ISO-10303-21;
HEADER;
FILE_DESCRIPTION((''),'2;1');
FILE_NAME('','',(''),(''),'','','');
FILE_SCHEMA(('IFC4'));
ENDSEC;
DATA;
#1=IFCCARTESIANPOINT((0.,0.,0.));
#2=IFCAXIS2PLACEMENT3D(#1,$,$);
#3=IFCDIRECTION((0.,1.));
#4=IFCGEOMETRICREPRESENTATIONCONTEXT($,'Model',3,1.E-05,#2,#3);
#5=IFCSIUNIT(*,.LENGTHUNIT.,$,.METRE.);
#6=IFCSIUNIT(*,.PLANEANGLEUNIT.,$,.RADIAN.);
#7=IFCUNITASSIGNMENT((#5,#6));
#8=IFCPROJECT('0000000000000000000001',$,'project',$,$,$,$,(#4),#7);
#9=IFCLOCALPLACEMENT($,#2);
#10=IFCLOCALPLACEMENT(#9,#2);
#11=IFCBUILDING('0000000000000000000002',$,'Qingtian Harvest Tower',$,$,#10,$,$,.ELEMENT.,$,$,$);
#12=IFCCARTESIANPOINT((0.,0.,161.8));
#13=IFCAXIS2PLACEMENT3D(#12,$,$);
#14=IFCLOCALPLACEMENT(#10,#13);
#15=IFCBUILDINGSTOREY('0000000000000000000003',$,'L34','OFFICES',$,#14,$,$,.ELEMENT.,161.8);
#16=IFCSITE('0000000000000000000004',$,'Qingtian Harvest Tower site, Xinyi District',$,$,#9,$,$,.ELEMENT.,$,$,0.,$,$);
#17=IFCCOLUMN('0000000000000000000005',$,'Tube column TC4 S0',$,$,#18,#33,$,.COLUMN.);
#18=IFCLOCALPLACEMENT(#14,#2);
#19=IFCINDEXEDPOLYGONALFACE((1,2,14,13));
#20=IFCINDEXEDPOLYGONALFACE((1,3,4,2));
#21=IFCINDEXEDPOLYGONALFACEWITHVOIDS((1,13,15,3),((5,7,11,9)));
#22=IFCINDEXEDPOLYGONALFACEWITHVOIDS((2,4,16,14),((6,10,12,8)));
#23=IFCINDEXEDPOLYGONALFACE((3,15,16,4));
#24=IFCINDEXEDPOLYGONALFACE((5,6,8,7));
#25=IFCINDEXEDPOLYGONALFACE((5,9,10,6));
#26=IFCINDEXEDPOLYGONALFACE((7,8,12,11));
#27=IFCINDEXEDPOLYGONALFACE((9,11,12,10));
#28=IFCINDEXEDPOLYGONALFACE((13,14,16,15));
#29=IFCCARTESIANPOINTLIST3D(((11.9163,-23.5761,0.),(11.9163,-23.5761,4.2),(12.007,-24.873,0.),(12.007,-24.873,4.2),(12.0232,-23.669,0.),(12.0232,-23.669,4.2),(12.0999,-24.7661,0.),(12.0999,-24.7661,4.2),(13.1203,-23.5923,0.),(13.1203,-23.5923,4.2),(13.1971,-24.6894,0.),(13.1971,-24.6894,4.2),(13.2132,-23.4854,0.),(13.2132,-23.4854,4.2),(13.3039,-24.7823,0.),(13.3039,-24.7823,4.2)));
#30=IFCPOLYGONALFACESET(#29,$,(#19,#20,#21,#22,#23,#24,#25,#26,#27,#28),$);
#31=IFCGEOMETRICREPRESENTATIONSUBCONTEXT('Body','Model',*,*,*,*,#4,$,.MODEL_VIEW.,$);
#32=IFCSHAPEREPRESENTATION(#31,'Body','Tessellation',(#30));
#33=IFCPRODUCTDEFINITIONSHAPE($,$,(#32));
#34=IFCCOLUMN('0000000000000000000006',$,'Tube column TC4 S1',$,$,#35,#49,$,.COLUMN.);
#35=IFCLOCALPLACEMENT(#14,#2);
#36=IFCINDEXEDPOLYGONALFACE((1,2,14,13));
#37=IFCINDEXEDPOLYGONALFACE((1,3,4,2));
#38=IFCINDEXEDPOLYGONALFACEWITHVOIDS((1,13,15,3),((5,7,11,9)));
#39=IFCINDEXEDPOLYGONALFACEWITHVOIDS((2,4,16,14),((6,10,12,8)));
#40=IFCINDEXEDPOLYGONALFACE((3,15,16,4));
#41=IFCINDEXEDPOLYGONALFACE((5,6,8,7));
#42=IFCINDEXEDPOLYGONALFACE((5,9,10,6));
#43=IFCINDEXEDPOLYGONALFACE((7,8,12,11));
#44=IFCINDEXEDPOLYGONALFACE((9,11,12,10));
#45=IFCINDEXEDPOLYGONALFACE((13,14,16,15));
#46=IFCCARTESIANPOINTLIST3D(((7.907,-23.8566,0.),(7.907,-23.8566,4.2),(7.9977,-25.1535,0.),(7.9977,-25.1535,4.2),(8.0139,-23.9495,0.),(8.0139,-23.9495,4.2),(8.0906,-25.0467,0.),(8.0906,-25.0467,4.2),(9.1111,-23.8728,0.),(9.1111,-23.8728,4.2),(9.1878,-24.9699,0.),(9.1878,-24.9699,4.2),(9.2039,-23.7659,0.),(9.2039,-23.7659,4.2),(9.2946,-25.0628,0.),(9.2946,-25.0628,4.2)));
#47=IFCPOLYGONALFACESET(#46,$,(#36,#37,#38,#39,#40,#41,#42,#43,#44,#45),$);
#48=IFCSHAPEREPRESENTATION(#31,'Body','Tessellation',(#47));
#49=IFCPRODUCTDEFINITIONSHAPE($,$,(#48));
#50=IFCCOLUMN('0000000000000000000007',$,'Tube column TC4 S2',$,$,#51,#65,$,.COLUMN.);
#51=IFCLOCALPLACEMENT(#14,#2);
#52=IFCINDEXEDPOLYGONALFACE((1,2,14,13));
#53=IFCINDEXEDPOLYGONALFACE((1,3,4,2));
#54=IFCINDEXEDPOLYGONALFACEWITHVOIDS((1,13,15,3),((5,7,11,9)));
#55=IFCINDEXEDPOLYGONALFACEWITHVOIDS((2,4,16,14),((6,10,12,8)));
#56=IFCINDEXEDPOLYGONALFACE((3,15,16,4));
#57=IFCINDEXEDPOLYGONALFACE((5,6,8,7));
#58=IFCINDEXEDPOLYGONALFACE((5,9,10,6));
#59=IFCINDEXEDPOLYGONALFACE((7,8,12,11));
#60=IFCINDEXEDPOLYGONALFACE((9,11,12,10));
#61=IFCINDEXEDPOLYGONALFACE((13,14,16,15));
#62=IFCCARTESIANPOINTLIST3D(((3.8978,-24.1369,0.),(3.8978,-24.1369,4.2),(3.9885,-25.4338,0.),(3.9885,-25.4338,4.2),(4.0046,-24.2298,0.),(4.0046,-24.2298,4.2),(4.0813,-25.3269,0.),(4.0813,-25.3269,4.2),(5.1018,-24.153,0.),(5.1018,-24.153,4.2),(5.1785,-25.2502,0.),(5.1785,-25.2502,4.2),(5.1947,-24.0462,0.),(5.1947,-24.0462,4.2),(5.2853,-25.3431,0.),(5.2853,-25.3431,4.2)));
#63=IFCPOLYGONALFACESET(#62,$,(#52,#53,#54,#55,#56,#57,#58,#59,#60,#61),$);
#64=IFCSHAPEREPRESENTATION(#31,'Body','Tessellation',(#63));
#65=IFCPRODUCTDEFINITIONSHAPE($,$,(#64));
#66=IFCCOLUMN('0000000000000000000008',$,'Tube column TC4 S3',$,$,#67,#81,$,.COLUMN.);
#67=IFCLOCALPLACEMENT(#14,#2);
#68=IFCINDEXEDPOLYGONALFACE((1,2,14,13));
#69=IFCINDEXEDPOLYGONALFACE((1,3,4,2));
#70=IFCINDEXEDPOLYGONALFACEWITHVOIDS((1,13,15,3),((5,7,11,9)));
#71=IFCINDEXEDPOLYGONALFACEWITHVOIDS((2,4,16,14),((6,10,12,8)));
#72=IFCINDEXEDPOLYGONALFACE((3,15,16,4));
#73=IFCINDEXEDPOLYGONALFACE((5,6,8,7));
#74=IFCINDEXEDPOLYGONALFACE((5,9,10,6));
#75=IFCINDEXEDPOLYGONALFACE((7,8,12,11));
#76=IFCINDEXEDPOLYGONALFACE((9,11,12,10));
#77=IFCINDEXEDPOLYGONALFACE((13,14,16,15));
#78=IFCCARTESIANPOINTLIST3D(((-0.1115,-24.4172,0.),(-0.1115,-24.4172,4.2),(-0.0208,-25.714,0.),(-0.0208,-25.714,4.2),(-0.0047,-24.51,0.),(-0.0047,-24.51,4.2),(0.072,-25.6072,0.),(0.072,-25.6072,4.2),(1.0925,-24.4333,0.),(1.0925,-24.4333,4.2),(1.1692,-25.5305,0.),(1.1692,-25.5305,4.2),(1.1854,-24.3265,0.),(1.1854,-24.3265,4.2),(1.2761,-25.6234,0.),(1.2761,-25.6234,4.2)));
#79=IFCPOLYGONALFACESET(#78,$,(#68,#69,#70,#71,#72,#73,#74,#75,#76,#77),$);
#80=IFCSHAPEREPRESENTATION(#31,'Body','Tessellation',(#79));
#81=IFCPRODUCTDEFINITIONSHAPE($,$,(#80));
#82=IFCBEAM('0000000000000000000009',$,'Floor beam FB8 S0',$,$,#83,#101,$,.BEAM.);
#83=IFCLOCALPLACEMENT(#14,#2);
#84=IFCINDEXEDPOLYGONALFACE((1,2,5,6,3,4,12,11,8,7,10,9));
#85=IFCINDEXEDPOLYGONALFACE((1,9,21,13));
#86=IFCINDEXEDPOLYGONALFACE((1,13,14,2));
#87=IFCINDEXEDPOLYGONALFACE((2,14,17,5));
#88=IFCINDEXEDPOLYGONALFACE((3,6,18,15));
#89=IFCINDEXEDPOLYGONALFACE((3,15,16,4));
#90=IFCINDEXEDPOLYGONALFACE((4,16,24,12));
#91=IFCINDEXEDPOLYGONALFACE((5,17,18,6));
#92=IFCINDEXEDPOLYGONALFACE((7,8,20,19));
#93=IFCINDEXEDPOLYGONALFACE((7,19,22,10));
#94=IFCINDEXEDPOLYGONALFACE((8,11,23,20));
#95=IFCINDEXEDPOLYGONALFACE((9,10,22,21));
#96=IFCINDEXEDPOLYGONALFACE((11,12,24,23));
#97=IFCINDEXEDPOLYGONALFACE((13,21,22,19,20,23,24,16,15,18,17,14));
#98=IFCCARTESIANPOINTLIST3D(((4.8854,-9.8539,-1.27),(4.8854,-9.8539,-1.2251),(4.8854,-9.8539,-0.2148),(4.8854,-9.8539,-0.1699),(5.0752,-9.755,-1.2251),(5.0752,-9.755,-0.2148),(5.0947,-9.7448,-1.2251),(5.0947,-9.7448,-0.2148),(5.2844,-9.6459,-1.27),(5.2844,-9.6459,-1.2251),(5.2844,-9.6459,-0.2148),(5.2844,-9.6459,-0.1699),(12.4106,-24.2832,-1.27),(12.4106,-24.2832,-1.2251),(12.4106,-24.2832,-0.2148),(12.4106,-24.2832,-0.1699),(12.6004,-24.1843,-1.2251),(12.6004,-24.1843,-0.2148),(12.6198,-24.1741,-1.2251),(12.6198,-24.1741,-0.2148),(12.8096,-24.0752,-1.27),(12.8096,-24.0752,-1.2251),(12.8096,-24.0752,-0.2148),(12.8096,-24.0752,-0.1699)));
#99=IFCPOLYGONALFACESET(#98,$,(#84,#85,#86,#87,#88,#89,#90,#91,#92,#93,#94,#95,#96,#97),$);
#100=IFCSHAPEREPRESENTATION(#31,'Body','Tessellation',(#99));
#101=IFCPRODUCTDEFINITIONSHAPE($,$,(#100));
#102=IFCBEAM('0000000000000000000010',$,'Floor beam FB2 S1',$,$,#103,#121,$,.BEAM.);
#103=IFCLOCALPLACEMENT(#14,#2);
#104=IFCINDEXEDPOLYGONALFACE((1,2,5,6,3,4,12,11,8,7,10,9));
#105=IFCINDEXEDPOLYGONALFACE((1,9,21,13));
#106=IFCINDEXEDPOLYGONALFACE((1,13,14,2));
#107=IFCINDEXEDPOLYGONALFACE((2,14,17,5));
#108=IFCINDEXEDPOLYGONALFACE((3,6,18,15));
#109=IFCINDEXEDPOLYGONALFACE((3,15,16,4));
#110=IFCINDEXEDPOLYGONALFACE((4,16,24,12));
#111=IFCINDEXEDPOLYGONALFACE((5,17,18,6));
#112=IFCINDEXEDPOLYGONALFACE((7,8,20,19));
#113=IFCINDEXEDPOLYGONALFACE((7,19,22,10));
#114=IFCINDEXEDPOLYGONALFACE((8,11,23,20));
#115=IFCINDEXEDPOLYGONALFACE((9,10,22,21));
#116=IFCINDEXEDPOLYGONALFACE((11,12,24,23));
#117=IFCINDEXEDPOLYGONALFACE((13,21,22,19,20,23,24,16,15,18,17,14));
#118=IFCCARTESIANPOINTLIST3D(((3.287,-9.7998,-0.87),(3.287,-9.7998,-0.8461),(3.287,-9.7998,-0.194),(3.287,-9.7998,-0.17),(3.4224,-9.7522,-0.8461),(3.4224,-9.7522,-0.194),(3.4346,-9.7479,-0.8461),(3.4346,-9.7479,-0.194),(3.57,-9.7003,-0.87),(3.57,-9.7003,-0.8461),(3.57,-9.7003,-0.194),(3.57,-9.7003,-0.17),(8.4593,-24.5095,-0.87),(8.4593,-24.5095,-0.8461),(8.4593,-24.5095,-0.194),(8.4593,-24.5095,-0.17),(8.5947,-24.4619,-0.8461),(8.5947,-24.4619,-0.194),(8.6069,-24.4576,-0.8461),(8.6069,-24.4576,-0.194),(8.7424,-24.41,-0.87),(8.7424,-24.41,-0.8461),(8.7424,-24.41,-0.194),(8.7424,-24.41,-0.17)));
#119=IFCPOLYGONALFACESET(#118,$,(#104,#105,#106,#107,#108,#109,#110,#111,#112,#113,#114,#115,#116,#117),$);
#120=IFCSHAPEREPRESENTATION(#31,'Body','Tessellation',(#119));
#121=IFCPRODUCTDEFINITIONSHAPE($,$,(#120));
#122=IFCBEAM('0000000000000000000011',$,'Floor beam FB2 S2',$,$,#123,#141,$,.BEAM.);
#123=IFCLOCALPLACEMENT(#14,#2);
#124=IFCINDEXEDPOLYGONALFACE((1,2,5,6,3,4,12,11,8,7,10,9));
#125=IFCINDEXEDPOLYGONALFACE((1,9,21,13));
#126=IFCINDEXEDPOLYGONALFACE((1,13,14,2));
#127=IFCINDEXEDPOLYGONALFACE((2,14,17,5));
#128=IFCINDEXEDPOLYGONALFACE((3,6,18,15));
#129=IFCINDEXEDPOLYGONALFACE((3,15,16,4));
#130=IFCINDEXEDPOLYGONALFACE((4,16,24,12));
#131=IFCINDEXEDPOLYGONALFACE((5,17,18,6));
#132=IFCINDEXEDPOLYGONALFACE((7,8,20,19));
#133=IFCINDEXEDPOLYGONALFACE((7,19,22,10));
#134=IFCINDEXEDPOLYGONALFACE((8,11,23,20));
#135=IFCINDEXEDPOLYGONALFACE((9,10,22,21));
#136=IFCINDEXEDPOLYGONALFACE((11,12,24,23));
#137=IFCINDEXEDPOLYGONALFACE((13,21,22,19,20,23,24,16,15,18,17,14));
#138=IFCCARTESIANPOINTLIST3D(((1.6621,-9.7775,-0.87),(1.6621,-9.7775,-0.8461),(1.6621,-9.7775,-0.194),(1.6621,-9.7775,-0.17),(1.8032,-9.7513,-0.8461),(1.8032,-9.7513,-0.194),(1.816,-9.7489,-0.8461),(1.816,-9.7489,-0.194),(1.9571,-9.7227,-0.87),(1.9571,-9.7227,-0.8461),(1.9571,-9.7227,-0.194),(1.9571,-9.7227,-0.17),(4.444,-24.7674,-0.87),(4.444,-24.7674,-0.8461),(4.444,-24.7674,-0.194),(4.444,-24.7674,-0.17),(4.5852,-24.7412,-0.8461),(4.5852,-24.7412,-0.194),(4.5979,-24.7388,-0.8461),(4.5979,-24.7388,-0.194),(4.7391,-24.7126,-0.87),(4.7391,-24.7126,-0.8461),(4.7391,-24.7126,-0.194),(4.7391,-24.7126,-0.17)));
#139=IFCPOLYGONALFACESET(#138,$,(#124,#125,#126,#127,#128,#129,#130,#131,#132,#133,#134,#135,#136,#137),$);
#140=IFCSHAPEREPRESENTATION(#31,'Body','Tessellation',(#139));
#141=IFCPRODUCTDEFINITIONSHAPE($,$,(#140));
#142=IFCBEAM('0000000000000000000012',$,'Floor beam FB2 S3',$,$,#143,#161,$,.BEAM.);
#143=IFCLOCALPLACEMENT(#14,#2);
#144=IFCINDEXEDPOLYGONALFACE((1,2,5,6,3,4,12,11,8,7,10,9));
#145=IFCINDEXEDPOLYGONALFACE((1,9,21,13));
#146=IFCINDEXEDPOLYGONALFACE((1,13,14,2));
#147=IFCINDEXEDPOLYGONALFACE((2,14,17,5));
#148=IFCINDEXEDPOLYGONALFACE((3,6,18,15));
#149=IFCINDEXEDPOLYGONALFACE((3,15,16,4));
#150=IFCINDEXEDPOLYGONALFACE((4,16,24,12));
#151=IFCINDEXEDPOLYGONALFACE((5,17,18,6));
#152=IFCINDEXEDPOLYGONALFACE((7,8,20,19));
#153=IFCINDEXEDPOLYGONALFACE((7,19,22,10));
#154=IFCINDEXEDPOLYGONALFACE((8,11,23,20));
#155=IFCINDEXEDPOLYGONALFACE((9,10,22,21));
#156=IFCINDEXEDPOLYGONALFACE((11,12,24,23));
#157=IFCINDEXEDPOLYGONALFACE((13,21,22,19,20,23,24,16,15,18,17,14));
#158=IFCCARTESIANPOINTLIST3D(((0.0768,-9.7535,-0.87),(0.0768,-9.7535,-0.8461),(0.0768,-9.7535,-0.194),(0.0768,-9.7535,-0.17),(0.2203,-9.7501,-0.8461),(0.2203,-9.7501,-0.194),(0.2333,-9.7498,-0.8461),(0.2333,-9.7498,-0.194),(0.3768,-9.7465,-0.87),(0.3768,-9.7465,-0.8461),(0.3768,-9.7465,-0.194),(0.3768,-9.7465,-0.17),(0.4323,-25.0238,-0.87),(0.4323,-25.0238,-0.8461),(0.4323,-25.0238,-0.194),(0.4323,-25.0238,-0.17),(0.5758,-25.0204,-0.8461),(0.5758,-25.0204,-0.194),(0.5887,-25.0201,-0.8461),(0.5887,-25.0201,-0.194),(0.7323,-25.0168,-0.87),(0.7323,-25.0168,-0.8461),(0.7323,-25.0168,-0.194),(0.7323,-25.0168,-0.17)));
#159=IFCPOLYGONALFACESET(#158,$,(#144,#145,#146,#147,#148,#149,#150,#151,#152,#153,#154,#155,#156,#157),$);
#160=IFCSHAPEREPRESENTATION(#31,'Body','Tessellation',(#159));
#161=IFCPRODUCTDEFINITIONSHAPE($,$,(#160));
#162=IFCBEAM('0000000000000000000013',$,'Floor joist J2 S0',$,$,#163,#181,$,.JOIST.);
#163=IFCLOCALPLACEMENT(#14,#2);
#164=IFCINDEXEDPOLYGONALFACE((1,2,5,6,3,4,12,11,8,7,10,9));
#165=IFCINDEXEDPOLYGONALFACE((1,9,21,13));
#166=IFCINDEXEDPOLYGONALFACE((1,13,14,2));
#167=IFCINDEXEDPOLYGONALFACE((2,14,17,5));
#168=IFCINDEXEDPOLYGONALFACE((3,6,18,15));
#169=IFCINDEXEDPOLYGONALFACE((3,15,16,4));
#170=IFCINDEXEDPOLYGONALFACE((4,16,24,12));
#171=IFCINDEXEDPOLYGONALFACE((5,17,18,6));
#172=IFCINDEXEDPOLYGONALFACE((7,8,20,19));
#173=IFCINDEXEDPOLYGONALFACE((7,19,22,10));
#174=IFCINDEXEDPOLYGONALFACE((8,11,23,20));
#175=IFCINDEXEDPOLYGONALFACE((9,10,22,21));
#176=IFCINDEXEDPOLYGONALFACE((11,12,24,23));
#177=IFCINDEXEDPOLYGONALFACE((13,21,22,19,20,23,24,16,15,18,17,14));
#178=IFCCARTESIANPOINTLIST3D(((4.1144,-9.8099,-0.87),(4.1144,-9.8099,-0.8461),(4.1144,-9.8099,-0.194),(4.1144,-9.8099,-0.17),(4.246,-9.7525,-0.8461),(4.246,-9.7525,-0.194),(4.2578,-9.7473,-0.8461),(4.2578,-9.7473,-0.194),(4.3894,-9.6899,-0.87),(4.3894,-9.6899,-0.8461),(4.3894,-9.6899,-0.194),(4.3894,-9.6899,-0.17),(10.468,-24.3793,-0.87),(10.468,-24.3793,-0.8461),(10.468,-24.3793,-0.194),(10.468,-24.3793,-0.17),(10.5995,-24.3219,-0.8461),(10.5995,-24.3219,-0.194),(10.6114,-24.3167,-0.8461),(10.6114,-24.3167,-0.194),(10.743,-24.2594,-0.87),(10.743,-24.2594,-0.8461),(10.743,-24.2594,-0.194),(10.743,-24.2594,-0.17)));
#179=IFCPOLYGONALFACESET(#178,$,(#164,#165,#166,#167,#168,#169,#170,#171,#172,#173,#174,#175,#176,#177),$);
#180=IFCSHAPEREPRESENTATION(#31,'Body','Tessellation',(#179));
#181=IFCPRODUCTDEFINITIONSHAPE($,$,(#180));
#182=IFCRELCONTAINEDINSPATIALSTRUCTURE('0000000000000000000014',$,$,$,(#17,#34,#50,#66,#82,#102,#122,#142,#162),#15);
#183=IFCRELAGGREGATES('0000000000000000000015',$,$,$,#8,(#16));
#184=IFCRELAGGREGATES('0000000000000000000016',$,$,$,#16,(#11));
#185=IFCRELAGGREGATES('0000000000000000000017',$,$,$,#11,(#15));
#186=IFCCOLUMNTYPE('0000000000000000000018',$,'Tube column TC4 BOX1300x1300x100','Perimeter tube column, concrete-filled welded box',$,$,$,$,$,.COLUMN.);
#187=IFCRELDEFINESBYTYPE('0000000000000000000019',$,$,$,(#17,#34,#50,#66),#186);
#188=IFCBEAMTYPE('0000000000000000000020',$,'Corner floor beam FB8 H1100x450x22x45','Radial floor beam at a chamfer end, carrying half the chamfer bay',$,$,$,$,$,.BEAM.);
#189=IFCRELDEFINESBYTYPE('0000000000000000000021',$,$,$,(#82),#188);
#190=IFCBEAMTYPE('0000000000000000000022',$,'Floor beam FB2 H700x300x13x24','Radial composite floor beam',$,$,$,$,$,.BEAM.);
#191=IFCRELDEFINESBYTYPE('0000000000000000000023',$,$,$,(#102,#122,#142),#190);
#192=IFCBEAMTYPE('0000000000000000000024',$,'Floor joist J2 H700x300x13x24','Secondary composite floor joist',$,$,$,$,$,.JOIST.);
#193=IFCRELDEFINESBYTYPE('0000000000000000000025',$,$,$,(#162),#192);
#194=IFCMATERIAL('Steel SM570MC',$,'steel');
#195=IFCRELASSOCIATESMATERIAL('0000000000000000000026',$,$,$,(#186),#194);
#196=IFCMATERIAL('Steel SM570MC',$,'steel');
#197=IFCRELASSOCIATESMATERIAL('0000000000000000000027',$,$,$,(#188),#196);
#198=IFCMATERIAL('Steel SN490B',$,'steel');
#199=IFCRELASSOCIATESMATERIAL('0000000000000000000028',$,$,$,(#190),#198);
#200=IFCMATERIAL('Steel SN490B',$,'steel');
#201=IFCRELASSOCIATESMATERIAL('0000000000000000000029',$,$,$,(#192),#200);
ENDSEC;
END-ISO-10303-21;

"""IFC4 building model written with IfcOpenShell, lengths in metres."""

from ifc_helpers import new_model, si_unit, direction, frame, origin, origin_2d, place, context, subcontext, project, spatial, hollow_rectangle, i_section, extrude, material, material_profile, profile_set, type_object, element, save


model = new_model("IFC4")

# Units and contexts
model_context = context("Model", 3, precision=1e-05, world=origin(), true_north=direction((0.0, 1.0)))
body_context = subcontext(model_context, "Body", "Model", "MODEL_VIEW")
ifc_project = project(units=[si_unit("LENGTHUNIT", "METRE"), si_unit("PLANEANGLEUNIT", "RADIAN")], contexts=[model_context])

# Site, building, storey
site_placement = place(None, origin())
site = spatial("IfcSite", under=ifc_project, at=site_placement, Name="Qingtian Harvest Tower site, Xinyi District", CompositionType="ELEMENT", RefElevation=0.0)
building_placement = place(site_placement, origin())
building = spatial("IfcBuilding", under=site, at=building_placement, Name="Qingtian Harvest Tower", CompositionType="ELEMENT")
storey_placement = place(building_placement, frame((0.0, 0.0, 161.8)))
storey = spatial("IfcBuildingStorey", under=building, at=storey_placement, Name="L34", Description="OFFICES", CompositionType="ELEMENT", Elevation=161.8)

# Columns
ifc_material_1 = material(Name="Steel SM570MC", Category="steel")
ifc_material_profile_1 = material_profile(ifc_material_1, hollow_rectangle(XDim=1.3, YDim=1.3, WallThickness=0.1001, at=origin_2d()), Name="BOX1300x1300x100")
ifc_profile_set_1 = profile_set([ifc_material_profile_1], Name="Steel SM570MC")
column_type = type_object("IfcColumnType", Name="Tube column TC4 BOX1300x1300x100", Description="Perimeter tube column, concrete-filled welded box", PredefinedType="COLUMN", material=ifc_profile_set_1)
for number, where, z_axis, x_axis, name in (
    (1, (12.6101, -24.1792, 0.0), (0.0, 0.0, 1.0), (0.997564, 0.069756, 0.0), "Tube column TC4 S0"),
    (2, (8.6008, -24.4597, 0.0), (0.0, 0.0, 1.0), (0.997564, 0.069756, 0.0), "Tube column TC4 S1"),
    (3, (4.5916, -24.74, 0.0), (0.0, 0.0, 1.0), (0.997564, 0.069756, 0.0), "Tube column TC4 S2"),
    (4, (0.5823, -25.0203, 0.0), (0.0, 0.0, 1.0), (0.997564, 0.069756, 0.0), "Tube column TC4 S3"),
):
    element("IfcColumn", number, at=place(storey_placement, frame(where, z_axis=z_axis, x_axis=x_axis)), inside=storey, type_object=column_type, Name=name, PredefinedType="COLUMN", context=body_context, shape_type="SweptSolid", body=[
        extrude(hollow_rectangle(XDim=1.3, YDim=1.3, WallThickness=0.1001, at=origin_2d()), origin(), (0.0, 0.0, 1.0), 4.2),
    ])

# Beams
ifc_material_2 = material(Name="Steel SM570MC", Category="steel")
ifc_material_profile_2 = material_profile(ifc_material_2, i_section(OverallWidth=0.45, OverallDepth=1.1001, WebThickness=0.022, FlangeThickness=0.0449, at=origin_2d()), Name="H1100x450x22x45")
ifc_profile_set_2 = profile_set([ifc_material_profile_2], Name="Steel SM570MC")
beam_type_1 = type_object("IfcBeamType", Name="Corner floor beam FB8 H1100x450x22x45", Description="Radial floor beam at a chamfer end, carrying half the chamfer bay", PredefinedType="BEAM", material=ifc_profile_set_2)
beam_1_placement = place(storey_placement, frame((12.6101, -24.1792, -0.72), z_axis=(-0.462415, 0.886664, 0.0), x_axis=(-0.886664, -0.462415, 0.0)))
element("IfcBeam", 5, at=beam_1_placement, inside=storey, type_object=beam_type_1, Name="Floor beam FB8 S0", PredefinedType="BEAM", context=body_context, shape_type="SweptSolid", body=[
    extrude(i_section(OverallWidth=0.45, OverallDepth=1.1001, WebThickness=0.022, FlangeThickness=0.0449, at=origin_2d()), origin(), (0.0, 0.0, 1.0), 16.2737),
])
ifc_material_3 = material(Name="Steel SN490B", Category="steel")
ifc_material_profile_3 = material_profile(ifc_material_3, i_section(OverallWidth=0.3, OverallDepth=0.7, WebThickness=0.0129, FlangeThickness=0.0239, at=origin_2d()), Name="H700x300x13x24")
ifc_profile_set_3 = profile_set([ifc_material_profile_3], Name="Steel SN490B")
beam_type_2 = type_object("IfcBeamType", Name="Floor beam FB2 H700x300x13x24", Description="Radial composite floor beam", PredefinedType="BEAM", material=ifc_profile_set_3)
beam_2_placement = place(storey_placement, frame((8.6008, -24.4597, -0.52), z_axis=(-0.331719, 0.943378, 0.0), x_axis=(-0.943378, -0.331719, 0.0)))
element("IfcBeam", 6, at=beam_2_placement, inside=storey, type_object=beam_type_2, Name="Floor beam FB2 S1", PredefinedType="BEAM", context=body_context, shape_type="SweptSolid", body=[
    extrude(i_section(OverallWidth=0.3, OverallDepth=0.7, WebThickness=0.0129, FlangeThickness=0.0239, at=origin_2d()), origin(), (0.0, 0.0, 1.0), 15.5925),
])
beam_3_placement = place(storey_placement, frame((4.5916, -24.74, -0.52), z_axis=(-0.182473, 0.983211, 0.0), x_axis=(-0.983211, -0.182473, 0.0)))
element("IfcBeam", 7, at=beam_3_placement, inside=storey, type_object=beam_type_2, Name="Floor beam FB2 S2", PredefinedType="BEAM", context=body_context, shape_type="SweptSolid", body=[
    extrude(i_section(OverallWidth=0.3, OverallDepth=0.7, WebThickness=0.0129, FlangeThickness=0.0239, at=origin_2d()), origin(), (0.0, 0.0, 1.0), 15.2458),
])
beam_4_placement = place(storey_placement, frame((0.5823, -25.0203, -0.52), z_axis=(-0.023272, 0.999729, 0.0), x_axis=(-0.999729, -0.023272, 0.0)))
element("IfcBeam", 8, at=beam_4_placement, inside=storey, type_object=beam_type_2, Name="Floor beam FB2 S3", PredefinedType="BEAM", context=body_context, shape_type="SweptSolid", body=[
    extrude(i_section(OverallWidth=0.3, OverallDepth=0.7, WebThickness=0.0129, FlangeThickness=0.0239, at=origin_2d()), origin(), (0.0, 0.0, 1.0), 15.2744),
])
ifc_material_4 = material(Name="Steel SN490B", Category="steel")
ifc_material_profile_4 = material_profile(ifc_material_4, i_section(OverallWidth=0.3, OverallDepth=0.7, WebThickness=0.0129, FlangeThickness=0.0239, at=origin_2d()), Name="H700x300x13x24")
ifc_profile_set_4 = profile_set([ifc_material_profile_4], Name="Steel SN490B")
beam_type_3 = type_object("IfcBeamType", Name="Floor joist J2 H700x300x13x24", Description="Secondary composite floor joist", PredefinedType="JOIST", material=ifc_profile_set_4)
beam_5_placement = place(storey_placement, frame((10.6055, -24.3193, -0.52), z_axis=(-0.399732, 0.916632, 0.0), x_axis=(-0.916632, -0.399732, 0.0)))
element("IfcBeam", 9, at=beam_5_placement, inside=storey, type_object=beam_type_3, Name="Floor joist J2 S0", PredefinedType="JOIST", context=body_context, shape_type="SweptSolid", body=[
    extrude(i_section(OverallWidth=0.3, OverallDepth=0.7, WebThickness=0.0129, FlangeThickness=0.0239, at=origin_2d()), origin(), (0.0, 0.0, 1.0), 15.8945),
])

save(model, "model.ifc")
